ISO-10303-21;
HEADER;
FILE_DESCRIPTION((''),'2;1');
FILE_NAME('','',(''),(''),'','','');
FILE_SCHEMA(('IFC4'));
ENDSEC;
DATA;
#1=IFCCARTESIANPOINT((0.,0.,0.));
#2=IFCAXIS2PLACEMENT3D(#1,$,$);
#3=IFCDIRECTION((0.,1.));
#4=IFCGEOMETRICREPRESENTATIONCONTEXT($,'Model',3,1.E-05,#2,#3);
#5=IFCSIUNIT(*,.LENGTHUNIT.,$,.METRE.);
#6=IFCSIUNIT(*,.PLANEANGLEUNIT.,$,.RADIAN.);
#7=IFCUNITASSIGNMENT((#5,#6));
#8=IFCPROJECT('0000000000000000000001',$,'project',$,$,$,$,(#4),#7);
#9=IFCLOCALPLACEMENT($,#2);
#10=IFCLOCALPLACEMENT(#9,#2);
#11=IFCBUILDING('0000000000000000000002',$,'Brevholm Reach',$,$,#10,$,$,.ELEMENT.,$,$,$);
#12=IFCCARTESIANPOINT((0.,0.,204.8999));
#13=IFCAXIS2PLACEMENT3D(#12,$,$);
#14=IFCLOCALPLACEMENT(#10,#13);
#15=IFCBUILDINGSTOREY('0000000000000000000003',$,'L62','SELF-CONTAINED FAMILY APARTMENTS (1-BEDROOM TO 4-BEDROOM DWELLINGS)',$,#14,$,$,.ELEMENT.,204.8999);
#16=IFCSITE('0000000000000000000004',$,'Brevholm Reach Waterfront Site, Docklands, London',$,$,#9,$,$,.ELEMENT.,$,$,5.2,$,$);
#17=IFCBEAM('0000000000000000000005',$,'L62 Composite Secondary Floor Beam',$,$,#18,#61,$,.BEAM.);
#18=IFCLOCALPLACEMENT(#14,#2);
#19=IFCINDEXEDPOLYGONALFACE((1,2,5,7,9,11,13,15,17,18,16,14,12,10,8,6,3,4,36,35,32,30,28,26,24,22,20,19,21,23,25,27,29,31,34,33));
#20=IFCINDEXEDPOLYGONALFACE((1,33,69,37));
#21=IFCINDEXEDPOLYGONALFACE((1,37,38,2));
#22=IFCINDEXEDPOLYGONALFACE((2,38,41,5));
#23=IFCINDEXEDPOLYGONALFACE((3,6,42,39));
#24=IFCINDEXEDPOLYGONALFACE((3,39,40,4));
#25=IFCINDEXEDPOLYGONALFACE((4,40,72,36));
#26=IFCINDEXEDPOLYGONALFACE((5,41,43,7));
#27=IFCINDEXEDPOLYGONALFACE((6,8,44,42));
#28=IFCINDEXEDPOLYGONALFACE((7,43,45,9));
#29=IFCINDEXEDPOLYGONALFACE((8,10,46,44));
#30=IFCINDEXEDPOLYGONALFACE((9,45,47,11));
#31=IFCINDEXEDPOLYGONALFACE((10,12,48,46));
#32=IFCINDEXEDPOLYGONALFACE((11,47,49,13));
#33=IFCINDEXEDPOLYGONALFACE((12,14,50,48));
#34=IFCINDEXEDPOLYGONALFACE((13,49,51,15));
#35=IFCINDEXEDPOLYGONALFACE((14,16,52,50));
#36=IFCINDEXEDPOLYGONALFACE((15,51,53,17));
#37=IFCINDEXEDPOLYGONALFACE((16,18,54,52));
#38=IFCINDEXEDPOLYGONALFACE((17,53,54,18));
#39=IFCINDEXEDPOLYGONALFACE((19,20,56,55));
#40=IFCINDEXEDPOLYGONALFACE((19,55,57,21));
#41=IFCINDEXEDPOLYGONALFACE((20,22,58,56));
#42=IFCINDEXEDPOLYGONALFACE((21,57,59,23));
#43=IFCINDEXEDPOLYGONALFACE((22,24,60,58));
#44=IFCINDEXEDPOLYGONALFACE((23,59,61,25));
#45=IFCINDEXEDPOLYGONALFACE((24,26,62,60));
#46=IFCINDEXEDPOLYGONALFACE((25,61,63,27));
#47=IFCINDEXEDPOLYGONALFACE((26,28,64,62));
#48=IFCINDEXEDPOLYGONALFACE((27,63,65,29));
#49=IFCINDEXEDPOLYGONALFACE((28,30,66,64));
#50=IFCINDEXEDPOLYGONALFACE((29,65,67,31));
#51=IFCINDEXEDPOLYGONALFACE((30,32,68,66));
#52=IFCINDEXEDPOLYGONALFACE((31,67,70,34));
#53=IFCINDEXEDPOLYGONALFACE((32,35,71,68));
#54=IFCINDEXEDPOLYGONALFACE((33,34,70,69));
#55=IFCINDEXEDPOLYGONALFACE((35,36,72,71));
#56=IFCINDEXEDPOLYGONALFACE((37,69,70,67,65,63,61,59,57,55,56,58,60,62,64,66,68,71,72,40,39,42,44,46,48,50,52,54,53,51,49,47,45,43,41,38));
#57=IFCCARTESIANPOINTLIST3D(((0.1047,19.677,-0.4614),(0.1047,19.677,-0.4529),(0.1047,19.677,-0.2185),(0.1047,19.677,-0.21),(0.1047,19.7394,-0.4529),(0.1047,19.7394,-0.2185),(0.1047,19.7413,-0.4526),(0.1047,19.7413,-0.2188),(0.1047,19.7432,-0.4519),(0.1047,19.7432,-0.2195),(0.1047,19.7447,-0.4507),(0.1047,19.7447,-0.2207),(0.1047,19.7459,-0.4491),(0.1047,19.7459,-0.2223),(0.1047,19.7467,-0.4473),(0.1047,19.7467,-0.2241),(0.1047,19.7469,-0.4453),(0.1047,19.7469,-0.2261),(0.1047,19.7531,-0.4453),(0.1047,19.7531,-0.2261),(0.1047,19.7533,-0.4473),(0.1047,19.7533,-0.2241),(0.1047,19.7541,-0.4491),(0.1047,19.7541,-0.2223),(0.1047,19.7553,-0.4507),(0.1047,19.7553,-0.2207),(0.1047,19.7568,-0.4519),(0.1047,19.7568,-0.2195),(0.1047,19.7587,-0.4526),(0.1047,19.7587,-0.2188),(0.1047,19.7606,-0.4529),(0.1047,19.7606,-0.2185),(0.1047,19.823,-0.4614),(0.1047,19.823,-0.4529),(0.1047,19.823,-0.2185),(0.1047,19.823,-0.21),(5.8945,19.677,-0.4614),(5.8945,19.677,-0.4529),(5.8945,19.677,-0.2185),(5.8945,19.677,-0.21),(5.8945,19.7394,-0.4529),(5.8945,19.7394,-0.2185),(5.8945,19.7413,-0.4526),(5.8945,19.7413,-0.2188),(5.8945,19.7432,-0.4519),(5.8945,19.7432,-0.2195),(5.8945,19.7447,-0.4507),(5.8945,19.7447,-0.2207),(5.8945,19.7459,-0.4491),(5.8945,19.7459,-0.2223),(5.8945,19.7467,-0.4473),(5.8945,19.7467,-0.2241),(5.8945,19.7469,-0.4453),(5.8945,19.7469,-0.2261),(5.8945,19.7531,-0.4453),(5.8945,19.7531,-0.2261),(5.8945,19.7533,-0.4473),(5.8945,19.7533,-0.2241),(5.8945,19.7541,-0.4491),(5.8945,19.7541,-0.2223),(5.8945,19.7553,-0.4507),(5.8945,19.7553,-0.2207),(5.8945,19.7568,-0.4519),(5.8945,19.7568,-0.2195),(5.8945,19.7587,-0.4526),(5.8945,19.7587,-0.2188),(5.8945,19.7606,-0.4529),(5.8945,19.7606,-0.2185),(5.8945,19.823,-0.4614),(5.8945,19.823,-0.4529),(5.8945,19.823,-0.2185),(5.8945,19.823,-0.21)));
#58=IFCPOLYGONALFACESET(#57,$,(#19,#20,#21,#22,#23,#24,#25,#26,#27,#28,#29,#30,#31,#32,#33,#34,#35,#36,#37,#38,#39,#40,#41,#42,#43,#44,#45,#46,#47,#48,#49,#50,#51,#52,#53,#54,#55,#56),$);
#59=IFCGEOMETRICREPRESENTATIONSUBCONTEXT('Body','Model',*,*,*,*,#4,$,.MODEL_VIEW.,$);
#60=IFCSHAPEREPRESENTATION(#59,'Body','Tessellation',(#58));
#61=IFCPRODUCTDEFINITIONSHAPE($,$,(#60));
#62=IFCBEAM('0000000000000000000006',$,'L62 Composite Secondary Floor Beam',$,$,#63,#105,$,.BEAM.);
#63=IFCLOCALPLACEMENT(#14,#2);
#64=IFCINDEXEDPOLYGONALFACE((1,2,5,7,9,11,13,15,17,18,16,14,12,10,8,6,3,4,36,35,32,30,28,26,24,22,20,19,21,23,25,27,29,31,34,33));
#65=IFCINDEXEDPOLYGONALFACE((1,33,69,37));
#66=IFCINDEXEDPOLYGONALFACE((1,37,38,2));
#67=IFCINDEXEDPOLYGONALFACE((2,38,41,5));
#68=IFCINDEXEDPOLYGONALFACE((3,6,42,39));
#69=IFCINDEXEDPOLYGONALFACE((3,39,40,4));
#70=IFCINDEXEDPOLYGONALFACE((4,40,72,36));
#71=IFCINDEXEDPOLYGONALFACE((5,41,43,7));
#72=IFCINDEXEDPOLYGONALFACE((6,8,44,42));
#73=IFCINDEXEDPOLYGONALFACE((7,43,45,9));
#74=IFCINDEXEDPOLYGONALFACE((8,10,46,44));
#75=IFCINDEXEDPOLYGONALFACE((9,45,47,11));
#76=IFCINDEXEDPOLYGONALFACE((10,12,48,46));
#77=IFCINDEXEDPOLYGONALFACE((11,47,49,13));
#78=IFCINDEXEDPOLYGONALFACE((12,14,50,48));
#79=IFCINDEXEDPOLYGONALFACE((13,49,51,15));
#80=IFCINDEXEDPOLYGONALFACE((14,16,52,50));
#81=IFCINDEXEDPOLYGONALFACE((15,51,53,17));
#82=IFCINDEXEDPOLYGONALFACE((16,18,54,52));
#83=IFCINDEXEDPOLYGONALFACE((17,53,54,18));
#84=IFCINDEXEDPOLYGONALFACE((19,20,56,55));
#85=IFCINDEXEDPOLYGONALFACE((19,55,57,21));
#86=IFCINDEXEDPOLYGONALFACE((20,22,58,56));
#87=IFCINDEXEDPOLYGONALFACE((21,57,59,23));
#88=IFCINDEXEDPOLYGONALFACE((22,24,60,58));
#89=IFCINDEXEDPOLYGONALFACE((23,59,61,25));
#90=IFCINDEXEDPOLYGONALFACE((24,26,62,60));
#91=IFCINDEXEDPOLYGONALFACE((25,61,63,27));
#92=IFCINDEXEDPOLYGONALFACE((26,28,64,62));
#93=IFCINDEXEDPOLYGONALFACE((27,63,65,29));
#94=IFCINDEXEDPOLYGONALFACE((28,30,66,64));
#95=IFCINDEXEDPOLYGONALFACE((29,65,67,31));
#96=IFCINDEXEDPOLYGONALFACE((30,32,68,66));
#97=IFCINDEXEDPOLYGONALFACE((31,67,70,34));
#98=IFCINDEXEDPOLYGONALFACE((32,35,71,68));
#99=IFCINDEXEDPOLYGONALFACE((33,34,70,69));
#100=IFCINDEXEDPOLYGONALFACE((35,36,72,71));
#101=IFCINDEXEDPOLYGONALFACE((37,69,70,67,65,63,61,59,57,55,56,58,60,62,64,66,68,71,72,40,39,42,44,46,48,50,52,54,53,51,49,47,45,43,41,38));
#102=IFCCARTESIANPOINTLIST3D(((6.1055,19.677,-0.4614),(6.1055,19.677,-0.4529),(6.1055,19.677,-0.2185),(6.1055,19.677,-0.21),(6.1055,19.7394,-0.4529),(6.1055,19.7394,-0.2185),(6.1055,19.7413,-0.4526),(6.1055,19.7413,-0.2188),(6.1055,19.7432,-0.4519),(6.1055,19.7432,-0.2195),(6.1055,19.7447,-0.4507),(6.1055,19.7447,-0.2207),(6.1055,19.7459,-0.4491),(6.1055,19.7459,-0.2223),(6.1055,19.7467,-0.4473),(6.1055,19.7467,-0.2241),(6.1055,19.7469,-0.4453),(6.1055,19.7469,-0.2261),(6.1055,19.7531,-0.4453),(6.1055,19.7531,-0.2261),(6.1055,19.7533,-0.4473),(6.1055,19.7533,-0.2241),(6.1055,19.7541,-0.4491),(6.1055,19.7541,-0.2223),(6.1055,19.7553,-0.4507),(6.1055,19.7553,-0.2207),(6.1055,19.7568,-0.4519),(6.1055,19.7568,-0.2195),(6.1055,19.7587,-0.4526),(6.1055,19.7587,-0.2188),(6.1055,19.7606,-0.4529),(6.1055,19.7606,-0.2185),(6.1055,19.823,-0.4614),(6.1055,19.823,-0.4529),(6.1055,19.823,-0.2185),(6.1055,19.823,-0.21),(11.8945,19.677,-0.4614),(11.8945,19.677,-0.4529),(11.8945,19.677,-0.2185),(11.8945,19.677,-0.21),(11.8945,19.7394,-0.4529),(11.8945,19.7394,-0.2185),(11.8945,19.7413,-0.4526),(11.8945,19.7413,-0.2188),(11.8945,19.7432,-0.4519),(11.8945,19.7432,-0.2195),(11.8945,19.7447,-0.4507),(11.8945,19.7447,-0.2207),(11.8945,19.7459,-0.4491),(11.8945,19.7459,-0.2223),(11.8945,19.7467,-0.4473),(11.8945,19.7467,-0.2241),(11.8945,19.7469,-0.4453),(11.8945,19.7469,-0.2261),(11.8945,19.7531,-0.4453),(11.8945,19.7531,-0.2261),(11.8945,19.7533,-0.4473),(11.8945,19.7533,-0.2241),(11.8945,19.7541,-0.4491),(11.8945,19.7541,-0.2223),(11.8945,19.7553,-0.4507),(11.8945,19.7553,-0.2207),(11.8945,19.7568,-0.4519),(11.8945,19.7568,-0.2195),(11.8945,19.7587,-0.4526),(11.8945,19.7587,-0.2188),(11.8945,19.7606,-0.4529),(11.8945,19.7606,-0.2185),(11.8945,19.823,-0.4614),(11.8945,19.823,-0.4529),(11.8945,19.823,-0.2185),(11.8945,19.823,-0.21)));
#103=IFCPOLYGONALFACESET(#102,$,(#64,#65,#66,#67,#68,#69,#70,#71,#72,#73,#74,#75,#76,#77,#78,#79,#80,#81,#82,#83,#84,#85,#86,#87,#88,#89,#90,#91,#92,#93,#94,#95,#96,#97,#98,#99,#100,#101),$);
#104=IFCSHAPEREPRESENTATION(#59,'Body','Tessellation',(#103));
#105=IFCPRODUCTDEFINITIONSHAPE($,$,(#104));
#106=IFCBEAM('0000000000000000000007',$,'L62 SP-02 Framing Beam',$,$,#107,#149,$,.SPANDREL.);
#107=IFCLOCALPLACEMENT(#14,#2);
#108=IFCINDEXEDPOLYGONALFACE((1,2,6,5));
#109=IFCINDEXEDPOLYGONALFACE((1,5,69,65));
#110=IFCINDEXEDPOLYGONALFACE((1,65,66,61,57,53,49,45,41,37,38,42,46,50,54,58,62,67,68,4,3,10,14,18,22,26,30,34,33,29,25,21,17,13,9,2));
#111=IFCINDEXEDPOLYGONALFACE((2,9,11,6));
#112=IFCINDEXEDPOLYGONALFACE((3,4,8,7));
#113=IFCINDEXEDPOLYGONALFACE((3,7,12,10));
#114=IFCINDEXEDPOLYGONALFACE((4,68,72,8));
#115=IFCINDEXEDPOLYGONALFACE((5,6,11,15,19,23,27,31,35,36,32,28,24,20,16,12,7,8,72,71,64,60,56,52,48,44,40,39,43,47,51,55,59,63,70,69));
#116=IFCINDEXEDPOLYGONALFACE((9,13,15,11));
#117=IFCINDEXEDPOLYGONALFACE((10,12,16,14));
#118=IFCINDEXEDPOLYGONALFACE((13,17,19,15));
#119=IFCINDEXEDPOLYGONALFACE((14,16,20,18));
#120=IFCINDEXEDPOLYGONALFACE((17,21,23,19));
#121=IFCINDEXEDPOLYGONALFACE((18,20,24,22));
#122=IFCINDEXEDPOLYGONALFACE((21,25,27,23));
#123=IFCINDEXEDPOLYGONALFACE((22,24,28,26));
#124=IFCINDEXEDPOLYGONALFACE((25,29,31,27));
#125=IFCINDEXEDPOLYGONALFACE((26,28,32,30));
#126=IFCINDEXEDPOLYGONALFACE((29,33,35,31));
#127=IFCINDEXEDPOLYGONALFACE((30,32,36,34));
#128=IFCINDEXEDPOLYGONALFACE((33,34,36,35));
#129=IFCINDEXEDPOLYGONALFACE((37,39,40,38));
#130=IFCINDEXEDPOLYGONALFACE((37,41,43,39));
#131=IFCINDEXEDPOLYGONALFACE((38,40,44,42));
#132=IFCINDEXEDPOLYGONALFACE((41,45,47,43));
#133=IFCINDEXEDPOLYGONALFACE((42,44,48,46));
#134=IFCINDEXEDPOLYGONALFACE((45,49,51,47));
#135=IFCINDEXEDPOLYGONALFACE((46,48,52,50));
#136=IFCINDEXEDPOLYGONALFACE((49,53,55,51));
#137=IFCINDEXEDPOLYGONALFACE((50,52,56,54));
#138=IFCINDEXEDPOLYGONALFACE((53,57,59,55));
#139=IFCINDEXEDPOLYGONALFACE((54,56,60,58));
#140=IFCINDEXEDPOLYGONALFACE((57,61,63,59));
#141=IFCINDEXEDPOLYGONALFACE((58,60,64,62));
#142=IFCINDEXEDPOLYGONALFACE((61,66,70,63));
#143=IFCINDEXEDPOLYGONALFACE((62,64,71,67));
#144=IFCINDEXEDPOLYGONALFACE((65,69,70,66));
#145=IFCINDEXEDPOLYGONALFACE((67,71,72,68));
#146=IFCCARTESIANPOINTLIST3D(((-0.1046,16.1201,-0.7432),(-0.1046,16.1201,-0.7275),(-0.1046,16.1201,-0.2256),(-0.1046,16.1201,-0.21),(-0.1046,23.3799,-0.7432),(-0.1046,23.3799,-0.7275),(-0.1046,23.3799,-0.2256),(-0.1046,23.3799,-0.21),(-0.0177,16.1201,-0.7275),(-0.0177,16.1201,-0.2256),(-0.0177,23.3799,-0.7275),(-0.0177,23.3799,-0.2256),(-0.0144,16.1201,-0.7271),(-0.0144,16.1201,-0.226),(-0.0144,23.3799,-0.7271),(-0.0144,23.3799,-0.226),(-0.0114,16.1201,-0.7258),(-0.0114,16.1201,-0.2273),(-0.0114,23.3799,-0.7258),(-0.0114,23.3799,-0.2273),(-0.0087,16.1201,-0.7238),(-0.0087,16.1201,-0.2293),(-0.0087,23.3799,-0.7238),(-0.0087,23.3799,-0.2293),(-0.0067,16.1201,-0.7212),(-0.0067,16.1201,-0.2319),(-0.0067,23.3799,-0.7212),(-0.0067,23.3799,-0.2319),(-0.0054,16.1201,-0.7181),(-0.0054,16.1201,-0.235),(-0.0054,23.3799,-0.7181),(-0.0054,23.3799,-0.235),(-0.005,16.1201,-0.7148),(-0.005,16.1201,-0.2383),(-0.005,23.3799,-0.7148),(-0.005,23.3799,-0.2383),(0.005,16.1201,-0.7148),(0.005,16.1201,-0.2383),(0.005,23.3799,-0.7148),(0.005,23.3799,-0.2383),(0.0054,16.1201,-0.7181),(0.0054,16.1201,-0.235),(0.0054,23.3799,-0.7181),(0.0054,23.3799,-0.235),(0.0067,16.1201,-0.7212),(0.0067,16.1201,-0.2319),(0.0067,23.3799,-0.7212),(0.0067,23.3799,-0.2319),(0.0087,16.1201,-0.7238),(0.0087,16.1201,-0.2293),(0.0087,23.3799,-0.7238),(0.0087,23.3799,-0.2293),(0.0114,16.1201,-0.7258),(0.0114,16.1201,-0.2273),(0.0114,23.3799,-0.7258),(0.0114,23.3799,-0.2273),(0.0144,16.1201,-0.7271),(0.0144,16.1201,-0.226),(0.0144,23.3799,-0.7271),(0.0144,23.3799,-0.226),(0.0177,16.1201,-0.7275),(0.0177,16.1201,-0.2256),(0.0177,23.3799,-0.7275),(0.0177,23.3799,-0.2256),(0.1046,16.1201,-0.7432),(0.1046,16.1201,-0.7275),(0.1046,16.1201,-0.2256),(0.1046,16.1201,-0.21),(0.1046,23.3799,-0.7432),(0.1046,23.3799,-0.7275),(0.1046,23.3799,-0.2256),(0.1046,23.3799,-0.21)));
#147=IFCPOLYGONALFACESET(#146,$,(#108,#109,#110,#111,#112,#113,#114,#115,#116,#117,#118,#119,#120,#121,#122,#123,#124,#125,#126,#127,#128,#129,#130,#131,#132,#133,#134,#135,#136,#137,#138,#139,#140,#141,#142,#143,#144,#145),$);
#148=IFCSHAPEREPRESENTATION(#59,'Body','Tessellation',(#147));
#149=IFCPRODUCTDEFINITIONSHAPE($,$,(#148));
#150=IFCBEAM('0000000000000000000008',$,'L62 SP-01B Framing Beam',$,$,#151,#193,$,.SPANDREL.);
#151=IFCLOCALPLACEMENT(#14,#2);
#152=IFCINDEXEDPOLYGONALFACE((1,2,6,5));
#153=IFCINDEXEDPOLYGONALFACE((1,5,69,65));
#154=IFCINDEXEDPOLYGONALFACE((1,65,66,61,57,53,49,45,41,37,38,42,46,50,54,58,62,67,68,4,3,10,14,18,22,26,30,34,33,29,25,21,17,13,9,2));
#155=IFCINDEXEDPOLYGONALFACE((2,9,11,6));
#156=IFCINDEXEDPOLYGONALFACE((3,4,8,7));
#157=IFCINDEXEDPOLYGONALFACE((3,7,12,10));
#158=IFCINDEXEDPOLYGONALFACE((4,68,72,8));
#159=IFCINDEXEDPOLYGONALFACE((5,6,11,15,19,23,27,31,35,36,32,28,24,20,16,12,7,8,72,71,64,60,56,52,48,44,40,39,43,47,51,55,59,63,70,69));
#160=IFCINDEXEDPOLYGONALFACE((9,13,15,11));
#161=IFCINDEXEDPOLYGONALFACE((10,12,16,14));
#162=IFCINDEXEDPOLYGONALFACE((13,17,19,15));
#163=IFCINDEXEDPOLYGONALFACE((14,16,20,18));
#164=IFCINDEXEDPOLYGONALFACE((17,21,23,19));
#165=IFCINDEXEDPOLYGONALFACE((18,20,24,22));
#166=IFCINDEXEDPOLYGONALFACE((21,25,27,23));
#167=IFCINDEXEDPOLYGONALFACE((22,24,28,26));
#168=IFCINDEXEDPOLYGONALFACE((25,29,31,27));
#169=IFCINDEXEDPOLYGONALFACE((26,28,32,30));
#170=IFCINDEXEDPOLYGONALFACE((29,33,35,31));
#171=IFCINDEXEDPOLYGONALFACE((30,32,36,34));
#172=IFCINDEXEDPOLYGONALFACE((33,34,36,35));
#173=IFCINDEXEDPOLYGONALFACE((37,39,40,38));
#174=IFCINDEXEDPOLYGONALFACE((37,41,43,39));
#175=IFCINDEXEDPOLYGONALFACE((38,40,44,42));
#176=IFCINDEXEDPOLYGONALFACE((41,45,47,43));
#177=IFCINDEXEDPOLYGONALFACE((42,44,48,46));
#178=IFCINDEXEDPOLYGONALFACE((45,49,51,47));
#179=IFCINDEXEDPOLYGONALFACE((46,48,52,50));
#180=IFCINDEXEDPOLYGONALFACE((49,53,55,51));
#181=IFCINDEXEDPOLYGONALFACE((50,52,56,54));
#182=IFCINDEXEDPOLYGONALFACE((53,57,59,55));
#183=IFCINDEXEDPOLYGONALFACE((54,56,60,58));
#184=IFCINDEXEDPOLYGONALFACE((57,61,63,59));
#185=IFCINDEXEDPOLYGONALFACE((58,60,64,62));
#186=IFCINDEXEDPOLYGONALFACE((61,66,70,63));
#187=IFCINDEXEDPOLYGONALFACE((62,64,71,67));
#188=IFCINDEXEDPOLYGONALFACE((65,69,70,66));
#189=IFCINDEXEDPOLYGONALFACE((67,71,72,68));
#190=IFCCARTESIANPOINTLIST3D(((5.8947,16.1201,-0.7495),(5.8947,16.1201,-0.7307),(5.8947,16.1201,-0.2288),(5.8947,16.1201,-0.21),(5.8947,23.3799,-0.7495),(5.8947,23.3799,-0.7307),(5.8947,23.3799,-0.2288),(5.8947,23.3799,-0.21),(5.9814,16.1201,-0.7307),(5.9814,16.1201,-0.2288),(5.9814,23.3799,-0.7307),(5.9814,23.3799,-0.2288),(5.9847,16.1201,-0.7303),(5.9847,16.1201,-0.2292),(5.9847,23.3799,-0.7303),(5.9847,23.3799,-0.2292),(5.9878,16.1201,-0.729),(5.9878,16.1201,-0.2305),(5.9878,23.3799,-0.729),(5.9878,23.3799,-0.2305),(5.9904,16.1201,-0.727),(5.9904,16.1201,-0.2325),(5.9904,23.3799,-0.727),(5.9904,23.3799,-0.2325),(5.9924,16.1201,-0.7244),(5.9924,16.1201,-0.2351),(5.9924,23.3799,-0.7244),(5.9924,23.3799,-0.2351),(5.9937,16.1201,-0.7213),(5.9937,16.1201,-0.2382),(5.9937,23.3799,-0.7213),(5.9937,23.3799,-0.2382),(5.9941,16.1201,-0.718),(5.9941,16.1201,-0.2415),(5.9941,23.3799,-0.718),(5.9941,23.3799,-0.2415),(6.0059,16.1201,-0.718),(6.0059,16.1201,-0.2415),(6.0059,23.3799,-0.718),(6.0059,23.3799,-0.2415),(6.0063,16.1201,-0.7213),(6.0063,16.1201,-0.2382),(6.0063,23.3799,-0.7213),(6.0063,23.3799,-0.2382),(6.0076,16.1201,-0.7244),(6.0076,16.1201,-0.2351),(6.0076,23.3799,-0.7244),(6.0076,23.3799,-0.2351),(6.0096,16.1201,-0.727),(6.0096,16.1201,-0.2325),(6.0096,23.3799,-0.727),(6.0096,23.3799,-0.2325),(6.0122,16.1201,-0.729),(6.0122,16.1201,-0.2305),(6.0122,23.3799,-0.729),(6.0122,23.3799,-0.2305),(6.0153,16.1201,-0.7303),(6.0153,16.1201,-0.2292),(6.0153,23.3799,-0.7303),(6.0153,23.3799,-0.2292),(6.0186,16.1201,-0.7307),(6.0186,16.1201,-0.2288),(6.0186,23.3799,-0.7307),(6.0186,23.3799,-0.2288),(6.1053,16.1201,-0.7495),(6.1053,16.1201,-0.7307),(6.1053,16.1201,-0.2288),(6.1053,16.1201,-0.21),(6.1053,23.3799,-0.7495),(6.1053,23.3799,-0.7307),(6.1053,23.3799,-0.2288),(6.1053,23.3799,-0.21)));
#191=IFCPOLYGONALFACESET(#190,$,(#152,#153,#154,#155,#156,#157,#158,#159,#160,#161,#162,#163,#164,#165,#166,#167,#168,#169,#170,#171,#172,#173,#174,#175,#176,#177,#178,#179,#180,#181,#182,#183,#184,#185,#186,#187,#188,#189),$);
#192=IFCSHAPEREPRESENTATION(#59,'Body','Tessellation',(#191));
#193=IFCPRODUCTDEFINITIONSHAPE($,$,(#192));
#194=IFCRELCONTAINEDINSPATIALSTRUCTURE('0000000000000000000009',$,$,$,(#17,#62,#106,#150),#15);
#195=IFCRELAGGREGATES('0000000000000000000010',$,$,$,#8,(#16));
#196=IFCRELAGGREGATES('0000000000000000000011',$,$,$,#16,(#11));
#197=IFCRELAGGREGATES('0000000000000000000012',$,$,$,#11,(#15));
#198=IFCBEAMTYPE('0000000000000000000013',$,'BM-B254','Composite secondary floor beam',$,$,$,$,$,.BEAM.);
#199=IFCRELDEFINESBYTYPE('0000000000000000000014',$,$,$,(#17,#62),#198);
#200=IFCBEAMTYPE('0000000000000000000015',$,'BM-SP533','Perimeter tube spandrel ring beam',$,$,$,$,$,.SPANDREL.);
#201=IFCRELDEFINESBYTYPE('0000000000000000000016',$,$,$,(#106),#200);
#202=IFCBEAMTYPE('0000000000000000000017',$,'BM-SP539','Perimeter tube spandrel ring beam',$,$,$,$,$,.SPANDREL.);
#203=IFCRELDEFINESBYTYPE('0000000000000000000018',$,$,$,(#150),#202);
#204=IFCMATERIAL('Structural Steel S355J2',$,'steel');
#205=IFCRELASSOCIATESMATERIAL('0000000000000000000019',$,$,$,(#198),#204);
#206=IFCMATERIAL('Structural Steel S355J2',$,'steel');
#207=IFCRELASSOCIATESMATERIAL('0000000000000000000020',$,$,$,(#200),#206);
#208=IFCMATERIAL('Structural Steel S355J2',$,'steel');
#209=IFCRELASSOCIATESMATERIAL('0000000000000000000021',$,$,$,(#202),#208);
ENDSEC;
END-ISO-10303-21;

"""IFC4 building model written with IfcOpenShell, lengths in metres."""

from ifc_helpers import new_model, si_unit, direction, frame, origin, origin_2d, place, context, subcontext, project, spatial, i_section, extrude, material, material_profile, profile_set, type_object, element, save


model = new_model("IFC4")

# Units and contexts
model_context = context("Model", 3, precision=1e-05, world=origin(), true_north=direction((0.0, 1.0)))
body_context = subcontext(model_context, "Body", "Model", "MODEL_VIEW")
ifc_project = project(units=[si_unit("LENGTHUNIT", "METRE"), si_unit("PLANEANGLEUNIT", "RADIAN")], contexts=[model_context])

# Site, building, storey
site_placement = place(None, origin())
site = spatial("IfcSite", under=ifc_project, at=site_placement, Name="Brevholm Reach Waterfront Site, Docklands, London", CompositionType="ELEMENT", RefElevation=5.2)
building_placement = place(site_placement, origin())
building = spatial("IfcBuilding", under=site, at=building_placement, Name="Brevholm Reach", CompositionType="ELEMENT")
storey_placement = place(building_placement, frame((0.0, 0.0, 204.8999)))
storey = spatial("IfcBuildingStorey", under=building, at=storey_placement, Name="L62", Description="SELF-CONTAINED FAMILY APARTMENTS (1-BEDROOM TO 4-BEDROOM DWELLINGS)", CompositionType="ELEMENT", Elevation=204.8999)

# Beams
ifc_material_1 = material(Name="Structural Steel S355J2", Category="steel")
ifc_material_profile_1 = material_profile(ifc_material_1, i_section(OverallWidth=0.146, OverallDepth=0.2515, WebThickness=0.0061, FlangeThickness=0.0085, FilletRadius=0.0076, at=origin_2d()), Name="UKB 254x146x31")
ifc_profile_set_1 = profile_set([ifc_material_profile_1], Name="Structural Steel S355J2")
beam_type_1 = type_object("IfcBeamType", Name="BM-B254", Description="Composite secondary floor beam", PredefinedType="BEAM", material=ifc_profile_set_1)
beam_1_placement = place(storey_placement, frame((0.1047, 19.75, -0.3357), z_axis=(1.0, 0.0, 0.0), x_axis=(0.0, 1.0, 0.0)))
element("IfcBeam", 1, at=beam_1_placement, inside=storey, type_object=beam_type_1, Name="L62 Composite Secondary Floor Beam", PredefinedType="BEAM", context=body_context, shape_type="SweptSolid", body=[
    extrude(i_section(OverallWidth=0.146, OverallDepth=0.2515, WebThickness=0.0061, FlangeThickness=0.0085, FilletRadius=0.0076, at=origin_2d()), origin(), (0.0, 0.0, 1.0), 5.7898),
])
beam_2_placement = place(storey_placement, frame((6.1055, 19.75, -0.3357), z_axis=(1.0, 0.0, 0.0), x_axis=(0.0, 1.0, 0.0)))
element("IfcBeam", 2, at=beam_2_placement, inside=storey, type_object=beam_type_1, Name="L62 Composite Secondary Floor Beam", PredefinedType="BEAM", context=body_context, shape_type="SweptSolid", body=[
    extrude(i_section(OverallWidth=0.146, OverallDepth=0.2515, WebThickness=0.0061, FlangeThickness=0.0085, FilletRadius=0.0076, at=origin_2d()), origin(), (0.0, 0.0, 1.0), 5.7891),
])
ifc_material_2 = material(Name="Structural Steel S355J2", Category="steel")
ifc_material_profile_2 = material_profile(ifc_material_2, i_section(OverallWidth=0.2092, OverallDepth=0.5332, WebThickness=0.01, FlangeThickness=0.0156, FilletRadius=0.0127, at=origin_2d()), Name="UKB 533x210x92")
ifc_profile_set_2 = profile_set([ifc_material_profile_2], Name="Structural Steel S355J2")
beam_type_2 = type_object("IfcBeamType", Name="BM-SP533", Description="Perimeter tube spandrel ring beam", PredefinedType="SPANDREL", material=ifc_profile_set_2)
beam_3_placement = place(storey_placement, frame((0.0, 16.1201, -0.4766), z_axis=(0.0, 1.0, 0.0), x_axis=(-1.0, 0.0, 0.0)))
element("IfcBeam", 3, at=beam_3_placement, inside=storey, type_object=beam_type_2, Name="L62 SP-02 Framing Beam", PredefinedType="SPANDREL", context=body_context, shape_type="SweptSolid", body=[
    extrude(i_section(OverallWidth=0.2092, OverallDepth=0.5332, WebThickness=0.01, FlangeThickness=0.0156, FilletRadius=0.0127, at=origin_2d()), origin(), (0.0, 0.0, 1.0), 7.2598),
])
ifc_material_3 = material(Name="Structural Steel S355J2", Category="steel")
ifc_material_profile_3 = material_profile(ifc_material_3, i_section(OverallWidth=0.2107, OverallDepth=0.5396, WebThickness=0.0117, FlangeThickness=0.0188, FilletRadius=0.0127, at=origin_2d()), Name="UKB 533x210x109")
ifc_profile_set_3 = profile_set([ifc_material_profile_3], Name="Structural Steel S355J2")
beam_type_3 = type_object("IfcBeamType", Name="BM-SP539", Description="Perimeter tube spandrel ring beam", PredefinedType="SPANDREL", material=ifc_profile_set_3)
beam_4_placement = place(storey_placement, frame((6.0, 16.1201, -0.4797), z_axis=(0.0, 1.0, 0.0), x_axis=(-1.0, 0.0, 0.0)))
element("IfcBeam", 4, at=beam_4_placement, inside=storey, type_object=beam_type_3, Name="L62 SP-01B Framing Beam", PredefinedType="SPANDREL", context=body_context, shape_type="SweptSolid", body=[
    extrude(i_section(OverallWidth=0.2107, OverallDepth=0.5396, WebThickness=0.0117, FlangeThickness=0.0188, FilletRadius=0.0127, at=origin_2d()), origin(), (0.0, 0.0, 1.0), 7.2598),
])

save(model, "model.ifc")
